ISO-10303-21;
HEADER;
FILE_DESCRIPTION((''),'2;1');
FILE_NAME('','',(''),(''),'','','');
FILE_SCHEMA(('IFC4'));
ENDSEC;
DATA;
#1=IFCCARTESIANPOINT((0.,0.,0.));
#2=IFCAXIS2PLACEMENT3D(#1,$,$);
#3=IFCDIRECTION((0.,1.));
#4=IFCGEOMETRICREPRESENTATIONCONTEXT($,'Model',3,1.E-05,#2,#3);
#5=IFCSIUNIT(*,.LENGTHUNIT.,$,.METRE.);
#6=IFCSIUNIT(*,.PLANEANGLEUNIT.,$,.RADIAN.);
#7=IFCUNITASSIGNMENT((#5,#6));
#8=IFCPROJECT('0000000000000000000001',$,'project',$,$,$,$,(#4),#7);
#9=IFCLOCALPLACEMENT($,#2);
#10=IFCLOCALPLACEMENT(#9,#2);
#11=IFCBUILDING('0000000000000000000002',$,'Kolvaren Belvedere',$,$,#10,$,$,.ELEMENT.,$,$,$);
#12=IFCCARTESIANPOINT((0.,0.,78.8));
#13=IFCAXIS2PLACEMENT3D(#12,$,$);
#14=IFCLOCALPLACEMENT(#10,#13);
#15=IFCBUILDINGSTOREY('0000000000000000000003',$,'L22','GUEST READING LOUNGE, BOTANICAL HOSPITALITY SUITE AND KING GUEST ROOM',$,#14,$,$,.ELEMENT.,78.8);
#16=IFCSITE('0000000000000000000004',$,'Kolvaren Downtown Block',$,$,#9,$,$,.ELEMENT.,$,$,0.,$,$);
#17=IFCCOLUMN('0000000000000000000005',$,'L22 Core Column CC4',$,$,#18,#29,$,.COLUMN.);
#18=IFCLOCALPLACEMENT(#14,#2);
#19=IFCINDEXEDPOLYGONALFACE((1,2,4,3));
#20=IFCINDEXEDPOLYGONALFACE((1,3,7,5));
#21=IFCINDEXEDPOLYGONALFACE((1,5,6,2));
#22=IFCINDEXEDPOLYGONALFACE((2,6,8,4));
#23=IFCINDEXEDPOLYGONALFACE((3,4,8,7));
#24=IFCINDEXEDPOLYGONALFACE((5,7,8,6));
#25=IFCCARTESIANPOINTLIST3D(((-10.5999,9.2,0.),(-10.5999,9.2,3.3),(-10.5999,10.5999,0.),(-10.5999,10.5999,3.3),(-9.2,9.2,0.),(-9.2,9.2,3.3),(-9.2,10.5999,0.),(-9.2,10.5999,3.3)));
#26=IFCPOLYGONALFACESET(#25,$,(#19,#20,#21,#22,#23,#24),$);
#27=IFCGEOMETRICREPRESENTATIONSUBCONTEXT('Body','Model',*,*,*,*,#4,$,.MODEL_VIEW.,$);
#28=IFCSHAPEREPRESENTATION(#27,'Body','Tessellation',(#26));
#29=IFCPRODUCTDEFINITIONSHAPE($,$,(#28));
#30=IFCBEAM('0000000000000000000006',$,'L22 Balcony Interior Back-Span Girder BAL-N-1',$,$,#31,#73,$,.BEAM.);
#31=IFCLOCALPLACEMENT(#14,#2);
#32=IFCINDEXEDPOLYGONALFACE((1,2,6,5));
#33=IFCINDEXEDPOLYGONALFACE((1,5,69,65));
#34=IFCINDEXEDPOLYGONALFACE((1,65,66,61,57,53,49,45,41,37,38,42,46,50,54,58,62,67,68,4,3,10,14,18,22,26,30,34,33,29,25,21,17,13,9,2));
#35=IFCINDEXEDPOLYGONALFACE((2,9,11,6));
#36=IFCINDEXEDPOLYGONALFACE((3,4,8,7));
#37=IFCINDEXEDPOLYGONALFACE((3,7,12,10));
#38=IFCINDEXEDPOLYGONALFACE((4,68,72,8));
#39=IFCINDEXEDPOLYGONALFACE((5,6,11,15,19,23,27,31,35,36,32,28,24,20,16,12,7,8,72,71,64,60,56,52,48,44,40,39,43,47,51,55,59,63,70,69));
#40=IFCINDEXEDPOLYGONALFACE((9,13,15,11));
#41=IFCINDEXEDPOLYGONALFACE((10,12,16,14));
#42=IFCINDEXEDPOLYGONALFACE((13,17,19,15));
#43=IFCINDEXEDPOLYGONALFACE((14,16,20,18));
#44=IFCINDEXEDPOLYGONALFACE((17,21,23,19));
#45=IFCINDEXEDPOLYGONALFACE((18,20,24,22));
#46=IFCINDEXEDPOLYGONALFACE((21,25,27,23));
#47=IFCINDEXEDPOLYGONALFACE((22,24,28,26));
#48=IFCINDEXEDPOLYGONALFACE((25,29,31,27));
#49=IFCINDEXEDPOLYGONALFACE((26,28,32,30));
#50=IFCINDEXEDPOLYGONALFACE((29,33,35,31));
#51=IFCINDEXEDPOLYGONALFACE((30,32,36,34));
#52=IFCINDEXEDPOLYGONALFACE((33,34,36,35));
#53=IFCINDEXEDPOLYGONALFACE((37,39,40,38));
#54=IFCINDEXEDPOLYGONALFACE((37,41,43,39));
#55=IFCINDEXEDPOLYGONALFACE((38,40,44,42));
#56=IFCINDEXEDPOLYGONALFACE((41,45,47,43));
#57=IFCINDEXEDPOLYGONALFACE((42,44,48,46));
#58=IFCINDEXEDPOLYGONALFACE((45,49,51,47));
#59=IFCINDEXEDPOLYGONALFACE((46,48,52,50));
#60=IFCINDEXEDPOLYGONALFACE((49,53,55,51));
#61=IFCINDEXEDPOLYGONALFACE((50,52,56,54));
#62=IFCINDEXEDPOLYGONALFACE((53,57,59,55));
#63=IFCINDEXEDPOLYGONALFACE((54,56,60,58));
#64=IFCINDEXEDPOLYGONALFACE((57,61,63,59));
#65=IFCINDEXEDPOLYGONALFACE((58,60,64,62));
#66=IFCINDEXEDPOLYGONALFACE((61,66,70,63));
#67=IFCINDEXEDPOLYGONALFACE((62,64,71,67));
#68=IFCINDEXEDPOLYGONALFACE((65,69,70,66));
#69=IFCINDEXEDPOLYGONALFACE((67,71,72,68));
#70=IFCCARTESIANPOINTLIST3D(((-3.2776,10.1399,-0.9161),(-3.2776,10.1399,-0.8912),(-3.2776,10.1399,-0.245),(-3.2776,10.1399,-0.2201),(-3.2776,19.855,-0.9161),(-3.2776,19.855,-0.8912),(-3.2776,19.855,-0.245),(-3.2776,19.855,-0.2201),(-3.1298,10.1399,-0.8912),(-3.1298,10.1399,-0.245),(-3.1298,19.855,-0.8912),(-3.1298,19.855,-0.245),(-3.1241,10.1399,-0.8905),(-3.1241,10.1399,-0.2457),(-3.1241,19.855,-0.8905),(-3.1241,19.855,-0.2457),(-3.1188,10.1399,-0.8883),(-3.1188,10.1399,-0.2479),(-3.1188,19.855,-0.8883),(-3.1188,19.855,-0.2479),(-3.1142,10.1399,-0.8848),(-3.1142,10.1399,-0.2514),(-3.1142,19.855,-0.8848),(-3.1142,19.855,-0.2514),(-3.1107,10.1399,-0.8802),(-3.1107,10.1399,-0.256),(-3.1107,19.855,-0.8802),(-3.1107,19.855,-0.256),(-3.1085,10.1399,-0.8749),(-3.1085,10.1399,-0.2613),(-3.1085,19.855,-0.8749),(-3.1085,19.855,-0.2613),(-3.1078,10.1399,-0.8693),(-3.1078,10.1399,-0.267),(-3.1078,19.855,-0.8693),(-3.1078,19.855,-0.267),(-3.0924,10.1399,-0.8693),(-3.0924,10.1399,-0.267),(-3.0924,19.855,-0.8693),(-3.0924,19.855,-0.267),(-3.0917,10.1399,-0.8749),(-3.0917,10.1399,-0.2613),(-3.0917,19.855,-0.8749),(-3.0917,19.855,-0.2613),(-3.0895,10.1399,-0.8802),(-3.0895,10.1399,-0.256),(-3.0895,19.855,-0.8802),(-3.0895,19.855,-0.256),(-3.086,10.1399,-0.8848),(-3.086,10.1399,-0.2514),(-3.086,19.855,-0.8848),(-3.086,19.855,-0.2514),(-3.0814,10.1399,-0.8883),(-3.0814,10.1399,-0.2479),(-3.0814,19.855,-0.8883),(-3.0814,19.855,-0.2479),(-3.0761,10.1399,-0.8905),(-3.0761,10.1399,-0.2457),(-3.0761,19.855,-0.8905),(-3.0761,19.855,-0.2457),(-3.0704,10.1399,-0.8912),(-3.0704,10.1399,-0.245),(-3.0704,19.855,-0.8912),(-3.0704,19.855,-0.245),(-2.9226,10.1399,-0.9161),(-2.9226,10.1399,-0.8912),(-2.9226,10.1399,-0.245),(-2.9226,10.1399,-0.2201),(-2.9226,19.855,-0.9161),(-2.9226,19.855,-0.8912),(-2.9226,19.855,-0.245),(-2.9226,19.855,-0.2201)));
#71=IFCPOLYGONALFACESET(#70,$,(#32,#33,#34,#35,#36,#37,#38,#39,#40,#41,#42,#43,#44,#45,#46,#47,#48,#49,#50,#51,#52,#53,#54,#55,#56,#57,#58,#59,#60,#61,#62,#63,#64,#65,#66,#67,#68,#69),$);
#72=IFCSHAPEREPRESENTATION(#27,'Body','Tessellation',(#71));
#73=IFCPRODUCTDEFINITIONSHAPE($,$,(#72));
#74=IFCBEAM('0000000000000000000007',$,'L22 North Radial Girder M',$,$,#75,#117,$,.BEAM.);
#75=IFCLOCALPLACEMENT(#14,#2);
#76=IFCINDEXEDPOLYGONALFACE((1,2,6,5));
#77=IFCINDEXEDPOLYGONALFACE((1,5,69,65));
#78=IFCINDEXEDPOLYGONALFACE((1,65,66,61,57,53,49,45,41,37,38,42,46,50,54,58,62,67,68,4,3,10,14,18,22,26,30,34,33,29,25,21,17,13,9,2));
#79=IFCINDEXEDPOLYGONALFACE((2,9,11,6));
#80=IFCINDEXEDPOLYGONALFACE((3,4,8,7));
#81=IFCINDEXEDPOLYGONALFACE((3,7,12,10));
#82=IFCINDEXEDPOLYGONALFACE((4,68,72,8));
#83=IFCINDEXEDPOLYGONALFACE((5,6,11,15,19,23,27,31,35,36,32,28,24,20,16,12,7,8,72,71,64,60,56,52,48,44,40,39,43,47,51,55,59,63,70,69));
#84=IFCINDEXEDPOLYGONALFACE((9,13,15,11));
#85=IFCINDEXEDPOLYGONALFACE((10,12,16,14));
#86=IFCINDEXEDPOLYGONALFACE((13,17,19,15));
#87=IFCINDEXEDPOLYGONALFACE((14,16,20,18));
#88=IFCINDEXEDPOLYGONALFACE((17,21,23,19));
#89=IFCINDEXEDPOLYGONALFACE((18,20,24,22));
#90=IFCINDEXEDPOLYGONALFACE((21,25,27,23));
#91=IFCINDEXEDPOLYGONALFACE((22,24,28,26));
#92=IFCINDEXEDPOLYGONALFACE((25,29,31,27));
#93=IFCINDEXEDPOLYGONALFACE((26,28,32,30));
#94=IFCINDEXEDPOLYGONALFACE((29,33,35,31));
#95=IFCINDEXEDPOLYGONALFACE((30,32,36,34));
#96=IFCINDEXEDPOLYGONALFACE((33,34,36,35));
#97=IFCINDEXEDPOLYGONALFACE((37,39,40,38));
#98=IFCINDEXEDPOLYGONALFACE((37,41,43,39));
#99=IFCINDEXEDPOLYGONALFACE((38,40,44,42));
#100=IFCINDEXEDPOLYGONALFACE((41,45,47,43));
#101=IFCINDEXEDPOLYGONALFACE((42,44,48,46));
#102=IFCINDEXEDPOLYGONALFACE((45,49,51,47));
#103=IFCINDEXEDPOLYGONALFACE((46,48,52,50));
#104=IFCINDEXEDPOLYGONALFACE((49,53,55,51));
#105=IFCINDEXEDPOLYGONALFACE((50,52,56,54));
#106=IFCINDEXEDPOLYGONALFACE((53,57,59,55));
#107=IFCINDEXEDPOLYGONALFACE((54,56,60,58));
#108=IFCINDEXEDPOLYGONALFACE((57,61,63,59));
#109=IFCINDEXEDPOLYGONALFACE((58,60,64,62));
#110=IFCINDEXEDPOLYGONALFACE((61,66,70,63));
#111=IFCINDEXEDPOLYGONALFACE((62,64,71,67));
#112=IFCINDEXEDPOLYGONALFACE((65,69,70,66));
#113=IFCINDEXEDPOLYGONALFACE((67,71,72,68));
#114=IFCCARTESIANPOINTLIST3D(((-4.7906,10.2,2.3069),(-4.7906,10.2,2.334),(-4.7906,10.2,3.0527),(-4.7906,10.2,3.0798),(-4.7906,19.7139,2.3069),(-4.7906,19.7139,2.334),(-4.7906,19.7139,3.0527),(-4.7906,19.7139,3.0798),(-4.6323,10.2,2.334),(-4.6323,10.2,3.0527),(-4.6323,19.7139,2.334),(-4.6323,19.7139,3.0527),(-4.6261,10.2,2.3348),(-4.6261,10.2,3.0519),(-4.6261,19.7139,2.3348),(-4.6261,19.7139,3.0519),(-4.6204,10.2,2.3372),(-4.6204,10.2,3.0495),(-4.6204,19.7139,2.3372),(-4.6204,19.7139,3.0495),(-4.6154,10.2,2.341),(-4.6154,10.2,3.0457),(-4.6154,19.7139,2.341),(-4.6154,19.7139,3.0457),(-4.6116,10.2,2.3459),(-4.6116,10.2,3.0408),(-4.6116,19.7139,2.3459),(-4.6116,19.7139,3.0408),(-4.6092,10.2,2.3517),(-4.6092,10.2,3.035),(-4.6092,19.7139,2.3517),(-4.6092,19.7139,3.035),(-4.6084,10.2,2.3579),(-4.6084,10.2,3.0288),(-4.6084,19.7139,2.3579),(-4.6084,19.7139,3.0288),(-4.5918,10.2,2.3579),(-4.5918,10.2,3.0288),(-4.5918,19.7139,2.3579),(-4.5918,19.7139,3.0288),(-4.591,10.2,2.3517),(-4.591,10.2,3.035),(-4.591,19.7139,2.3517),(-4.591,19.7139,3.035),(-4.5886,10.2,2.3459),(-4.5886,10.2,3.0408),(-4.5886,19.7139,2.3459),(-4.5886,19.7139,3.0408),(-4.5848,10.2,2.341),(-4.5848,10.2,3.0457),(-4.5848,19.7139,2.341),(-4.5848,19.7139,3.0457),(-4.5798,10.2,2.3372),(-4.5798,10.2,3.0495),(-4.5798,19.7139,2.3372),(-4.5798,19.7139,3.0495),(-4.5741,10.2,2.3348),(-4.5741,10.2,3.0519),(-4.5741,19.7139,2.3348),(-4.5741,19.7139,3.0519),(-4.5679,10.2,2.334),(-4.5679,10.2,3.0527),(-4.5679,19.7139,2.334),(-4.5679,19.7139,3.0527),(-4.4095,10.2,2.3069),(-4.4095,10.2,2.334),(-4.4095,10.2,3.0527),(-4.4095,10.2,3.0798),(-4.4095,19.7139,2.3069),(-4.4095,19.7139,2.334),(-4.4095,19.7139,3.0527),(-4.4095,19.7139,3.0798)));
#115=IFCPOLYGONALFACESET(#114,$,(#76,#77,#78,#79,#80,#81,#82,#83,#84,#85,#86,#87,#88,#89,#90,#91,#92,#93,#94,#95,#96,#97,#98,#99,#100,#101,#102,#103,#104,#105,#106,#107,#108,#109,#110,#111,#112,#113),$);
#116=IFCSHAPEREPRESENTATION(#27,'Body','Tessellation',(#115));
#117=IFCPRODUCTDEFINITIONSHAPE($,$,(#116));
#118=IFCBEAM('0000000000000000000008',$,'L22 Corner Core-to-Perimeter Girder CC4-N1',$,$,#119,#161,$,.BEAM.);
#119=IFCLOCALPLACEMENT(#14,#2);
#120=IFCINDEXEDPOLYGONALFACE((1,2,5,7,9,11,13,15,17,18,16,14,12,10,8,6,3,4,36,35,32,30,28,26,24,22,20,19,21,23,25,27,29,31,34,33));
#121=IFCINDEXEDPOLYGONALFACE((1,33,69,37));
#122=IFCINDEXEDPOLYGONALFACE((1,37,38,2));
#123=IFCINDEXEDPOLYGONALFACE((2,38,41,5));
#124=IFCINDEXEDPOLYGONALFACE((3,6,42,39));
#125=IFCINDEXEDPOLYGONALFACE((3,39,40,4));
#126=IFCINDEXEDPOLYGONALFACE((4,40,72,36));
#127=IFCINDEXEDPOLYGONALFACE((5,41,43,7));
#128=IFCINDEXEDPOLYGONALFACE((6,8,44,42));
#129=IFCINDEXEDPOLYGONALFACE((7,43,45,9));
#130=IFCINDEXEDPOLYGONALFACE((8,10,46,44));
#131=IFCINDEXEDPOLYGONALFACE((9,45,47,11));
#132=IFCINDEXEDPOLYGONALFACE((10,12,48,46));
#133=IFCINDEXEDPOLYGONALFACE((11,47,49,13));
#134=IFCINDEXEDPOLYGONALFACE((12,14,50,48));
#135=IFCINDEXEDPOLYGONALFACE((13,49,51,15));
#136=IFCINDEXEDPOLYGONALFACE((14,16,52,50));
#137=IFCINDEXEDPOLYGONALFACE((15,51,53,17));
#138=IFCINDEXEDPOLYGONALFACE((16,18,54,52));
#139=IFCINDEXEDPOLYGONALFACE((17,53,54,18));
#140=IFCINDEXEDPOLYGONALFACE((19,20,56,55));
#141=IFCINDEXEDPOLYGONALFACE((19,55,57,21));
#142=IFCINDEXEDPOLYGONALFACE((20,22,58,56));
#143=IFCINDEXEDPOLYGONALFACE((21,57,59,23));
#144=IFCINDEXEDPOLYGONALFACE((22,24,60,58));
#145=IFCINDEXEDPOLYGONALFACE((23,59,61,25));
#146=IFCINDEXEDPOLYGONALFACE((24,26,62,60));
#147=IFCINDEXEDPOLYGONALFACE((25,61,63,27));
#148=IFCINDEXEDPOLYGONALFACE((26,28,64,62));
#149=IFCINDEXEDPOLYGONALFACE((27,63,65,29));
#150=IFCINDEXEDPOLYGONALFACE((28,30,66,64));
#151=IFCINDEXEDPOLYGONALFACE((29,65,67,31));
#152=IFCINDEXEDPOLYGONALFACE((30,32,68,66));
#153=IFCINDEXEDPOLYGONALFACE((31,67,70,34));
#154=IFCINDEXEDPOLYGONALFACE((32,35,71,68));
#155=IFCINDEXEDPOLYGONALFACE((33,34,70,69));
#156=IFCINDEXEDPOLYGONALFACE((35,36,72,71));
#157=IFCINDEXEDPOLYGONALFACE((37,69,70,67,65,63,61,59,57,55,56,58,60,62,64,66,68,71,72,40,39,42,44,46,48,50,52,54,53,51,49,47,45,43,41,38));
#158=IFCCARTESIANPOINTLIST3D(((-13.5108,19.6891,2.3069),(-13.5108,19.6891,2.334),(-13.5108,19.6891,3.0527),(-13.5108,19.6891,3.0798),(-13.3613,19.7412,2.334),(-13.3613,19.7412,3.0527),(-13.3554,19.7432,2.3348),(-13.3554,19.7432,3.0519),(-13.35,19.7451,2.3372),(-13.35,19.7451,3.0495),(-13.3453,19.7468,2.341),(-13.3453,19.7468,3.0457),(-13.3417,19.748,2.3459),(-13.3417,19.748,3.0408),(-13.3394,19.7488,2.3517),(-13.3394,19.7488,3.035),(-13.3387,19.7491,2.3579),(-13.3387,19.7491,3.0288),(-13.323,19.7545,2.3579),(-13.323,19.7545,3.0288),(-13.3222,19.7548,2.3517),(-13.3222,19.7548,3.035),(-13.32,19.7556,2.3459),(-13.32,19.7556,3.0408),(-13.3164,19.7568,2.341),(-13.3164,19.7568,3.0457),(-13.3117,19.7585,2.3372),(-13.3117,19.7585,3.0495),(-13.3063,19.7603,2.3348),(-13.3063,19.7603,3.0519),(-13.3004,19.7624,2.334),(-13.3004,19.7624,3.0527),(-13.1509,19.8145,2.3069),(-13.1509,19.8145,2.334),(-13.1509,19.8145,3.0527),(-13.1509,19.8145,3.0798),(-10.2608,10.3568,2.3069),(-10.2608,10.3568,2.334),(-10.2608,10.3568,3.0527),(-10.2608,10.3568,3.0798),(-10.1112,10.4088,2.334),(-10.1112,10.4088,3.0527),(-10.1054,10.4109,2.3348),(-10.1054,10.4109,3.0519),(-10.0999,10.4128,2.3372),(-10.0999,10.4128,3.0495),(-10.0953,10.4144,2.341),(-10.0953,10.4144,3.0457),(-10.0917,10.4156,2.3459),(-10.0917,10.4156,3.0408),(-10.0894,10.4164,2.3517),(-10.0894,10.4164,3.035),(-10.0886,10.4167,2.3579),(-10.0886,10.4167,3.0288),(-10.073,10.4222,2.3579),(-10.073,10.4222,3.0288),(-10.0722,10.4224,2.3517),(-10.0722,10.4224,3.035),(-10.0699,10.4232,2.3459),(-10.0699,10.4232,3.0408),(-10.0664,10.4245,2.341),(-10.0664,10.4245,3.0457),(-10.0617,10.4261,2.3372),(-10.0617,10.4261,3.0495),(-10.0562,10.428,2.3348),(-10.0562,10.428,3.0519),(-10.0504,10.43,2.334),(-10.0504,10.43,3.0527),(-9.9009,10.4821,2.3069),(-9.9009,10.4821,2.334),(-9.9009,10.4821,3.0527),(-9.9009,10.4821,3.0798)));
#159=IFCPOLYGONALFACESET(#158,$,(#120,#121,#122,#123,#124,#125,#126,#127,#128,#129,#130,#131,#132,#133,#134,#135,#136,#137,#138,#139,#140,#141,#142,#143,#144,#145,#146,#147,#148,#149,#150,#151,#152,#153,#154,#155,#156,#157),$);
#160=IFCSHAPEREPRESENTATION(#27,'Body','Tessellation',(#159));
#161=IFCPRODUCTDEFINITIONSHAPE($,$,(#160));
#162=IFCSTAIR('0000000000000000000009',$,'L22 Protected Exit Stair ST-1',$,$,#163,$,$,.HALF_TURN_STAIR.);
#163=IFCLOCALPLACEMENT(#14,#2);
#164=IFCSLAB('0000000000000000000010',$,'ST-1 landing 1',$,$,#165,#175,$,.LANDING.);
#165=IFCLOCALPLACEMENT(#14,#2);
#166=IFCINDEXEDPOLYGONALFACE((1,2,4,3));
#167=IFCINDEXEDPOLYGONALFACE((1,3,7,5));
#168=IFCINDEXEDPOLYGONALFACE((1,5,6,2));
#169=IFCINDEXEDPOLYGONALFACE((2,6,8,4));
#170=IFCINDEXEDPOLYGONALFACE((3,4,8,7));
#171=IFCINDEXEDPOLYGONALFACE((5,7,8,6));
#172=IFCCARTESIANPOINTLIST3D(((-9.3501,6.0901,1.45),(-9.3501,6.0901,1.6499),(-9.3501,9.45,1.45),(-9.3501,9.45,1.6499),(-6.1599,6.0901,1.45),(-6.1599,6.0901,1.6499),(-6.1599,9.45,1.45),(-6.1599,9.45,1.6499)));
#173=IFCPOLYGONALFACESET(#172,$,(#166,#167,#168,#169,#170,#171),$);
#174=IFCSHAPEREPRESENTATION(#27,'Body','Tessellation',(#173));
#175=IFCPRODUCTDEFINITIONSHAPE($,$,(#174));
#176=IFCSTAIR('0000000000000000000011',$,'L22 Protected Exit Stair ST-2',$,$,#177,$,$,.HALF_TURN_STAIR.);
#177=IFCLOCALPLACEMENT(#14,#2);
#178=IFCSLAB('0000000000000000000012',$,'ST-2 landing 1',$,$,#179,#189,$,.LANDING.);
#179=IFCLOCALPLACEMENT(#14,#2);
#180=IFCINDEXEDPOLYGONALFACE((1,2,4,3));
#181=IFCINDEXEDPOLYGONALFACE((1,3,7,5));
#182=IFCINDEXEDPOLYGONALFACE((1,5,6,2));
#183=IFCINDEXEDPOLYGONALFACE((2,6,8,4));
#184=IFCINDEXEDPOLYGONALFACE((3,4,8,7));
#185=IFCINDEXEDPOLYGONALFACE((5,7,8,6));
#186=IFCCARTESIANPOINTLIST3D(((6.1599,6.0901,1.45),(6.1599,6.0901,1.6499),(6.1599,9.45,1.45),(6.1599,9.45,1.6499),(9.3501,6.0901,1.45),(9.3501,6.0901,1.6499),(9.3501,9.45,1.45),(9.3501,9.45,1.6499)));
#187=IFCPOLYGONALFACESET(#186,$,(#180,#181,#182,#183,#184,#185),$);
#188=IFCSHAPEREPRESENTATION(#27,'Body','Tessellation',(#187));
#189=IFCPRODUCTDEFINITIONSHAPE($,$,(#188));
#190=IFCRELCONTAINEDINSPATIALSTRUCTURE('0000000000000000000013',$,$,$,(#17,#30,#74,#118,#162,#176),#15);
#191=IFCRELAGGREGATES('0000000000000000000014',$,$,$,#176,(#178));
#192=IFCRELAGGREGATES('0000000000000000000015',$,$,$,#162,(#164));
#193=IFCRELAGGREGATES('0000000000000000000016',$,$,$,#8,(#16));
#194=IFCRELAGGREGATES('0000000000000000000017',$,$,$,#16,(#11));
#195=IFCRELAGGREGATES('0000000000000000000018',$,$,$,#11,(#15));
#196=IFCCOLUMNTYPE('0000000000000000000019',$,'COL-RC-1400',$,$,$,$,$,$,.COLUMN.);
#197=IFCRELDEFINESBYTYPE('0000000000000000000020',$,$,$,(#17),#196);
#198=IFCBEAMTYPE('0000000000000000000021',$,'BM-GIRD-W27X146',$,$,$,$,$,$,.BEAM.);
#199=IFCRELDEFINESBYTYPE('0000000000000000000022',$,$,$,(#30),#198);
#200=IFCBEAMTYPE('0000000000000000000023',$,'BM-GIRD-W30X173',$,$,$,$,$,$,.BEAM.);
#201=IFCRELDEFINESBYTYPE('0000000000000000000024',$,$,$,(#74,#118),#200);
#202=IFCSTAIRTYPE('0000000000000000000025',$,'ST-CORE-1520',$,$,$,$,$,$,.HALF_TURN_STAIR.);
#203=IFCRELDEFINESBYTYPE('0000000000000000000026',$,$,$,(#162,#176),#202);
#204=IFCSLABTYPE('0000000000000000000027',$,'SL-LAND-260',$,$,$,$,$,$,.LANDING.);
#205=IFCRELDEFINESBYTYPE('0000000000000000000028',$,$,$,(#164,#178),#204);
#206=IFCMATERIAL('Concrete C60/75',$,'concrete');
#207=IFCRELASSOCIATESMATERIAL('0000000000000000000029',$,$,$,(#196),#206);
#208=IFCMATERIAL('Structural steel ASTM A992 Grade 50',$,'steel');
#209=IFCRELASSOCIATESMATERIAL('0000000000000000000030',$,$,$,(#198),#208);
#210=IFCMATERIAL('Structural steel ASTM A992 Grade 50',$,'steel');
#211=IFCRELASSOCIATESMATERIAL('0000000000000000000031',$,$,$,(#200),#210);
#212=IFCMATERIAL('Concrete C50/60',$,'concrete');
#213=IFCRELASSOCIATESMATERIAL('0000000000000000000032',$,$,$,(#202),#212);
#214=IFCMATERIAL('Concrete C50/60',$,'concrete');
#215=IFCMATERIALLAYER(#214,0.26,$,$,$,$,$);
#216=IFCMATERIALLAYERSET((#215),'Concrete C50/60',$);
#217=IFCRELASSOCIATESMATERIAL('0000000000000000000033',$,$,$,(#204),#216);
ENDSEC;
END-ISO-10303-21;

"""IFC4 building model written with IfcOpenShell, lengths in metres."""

from ifc_helpers import new_model, si_unit, direction, frame, origin, origin_2d, place, context, subcontext, project, spatial, polyline, rectangle, i_section, outline, extrude, material, layer, layer_set, material_profile, profile_set, type_object, element, aggregate, save


model = new_model("IFC4")

# Units and contexts
model_context = context("Model", 3, precision=1e-05, world=origin(), true_north=direction((0.0, 1.0)))
body_context = subcontext(model_context, "Body", "Model", "MODEL_VIEW")
ifc_project = project(units=[si_unit("LENGTHUNIT", "METRE"), si_unit("PLANEANGLEUNIT", "RADIAN")], contexts=[model_context])

# Site, building, storey
site_placement = place(None, origin())
site = spatial("IfcSite", under=ifc_project, at=site_placement, Name="Kolvaren Downtown Block", CompositionType="ELEMENT", RefElevation=0.0)
building_placement = place(site_placement, origin())
building = spatial("IfcBuilding", under=site, at=building_placement, Name="Kolvaren Belvedere", CompositionType="ELEMENT")
storey_placement = place(building_placement, frame((0.0, 0.0, 78.8)))
storey = spatial("IfcBuildingStorey", under=building, at=storey_placement, Name="L22", Description="GUEST READING LOUNGE, BOTANICAL HOSPITALITY SUITE AND KING GUEST ROOM", CompositionType="ELEMENT", Elevation=78.8)

# Column
ifc_material_1 = material(Name="Concrete C60/75", Category="concrete")
ifc_material_profile_1 = material_profile(ifc_material_1, rectangle(XDim=1.3999, YDim=1.3999, at=origin_2d()), Name="RC 1400X1400")
ifc_profile_set_1 = profile_set([ifc_material_profile_1], Name="Concrete C60/75")
column_type = type_object("IfcColumnType", Name="COL-RC-1400", PredefinedType="COLUMN", material=ifc_profile_set_1)
column_placement = place(storey_placement, frame((-9.8999, 9.8999, 0.0), z_axis=(0.0, 0.0, 1.0), x_axis=(1.0, 0.0, 0.0)))
element("IfcColumn", 1, at=column_placement, inside=storey, type_object=column_type, Name="L22 Core Column CC4", PredefinedType="COLUMN", context=body_context, shape_type="SweptSolid", body=[
    extrude(rectangle(XDim=1.3999, YDim=1.3999, at=origin_2d()), origin(), (0.0, 0.0, 1.0), 3.3),
])

# Beams
ifc_material_2 = material(Name="Structural steel ASTM A992 Grade 50", Category="steel")
ifc_material_profile_2 = material_profile(ifc_material_2, i_section(OverallWidth=0.355, OverallDepth=0.696, WebThickness=0.0154, FlangeThickness=0.0249, FilletRadius=0.022, at=origin_2d()), Name="W27X146")
ifc_profile_set_2 = profile_set([ifc_material_profile_2], Name="Structural steel ASTM A992 Grade 50")
beam_type_1 = type_object("IfcBeamType", Name="BM-GIRD-W27X146", PredefinedType="BEAM", material=ifc_profile_set_2)
beam_1_placement = place(storey_placement, frame((-3.1001, 10.1399, -0.5681), z_axis=(0.0, 1.0, 0.0), x_axis=(-1.0, 0.0, 0.0)))
element("IfcBeam", 2, at=beam_1_placement, inside=storey, type_object=beam_type_1, Name="L22 Balcony Interior Back-Span Girder BAL-N-1", PredefinedType="BEAM", context=body_context, shape_type="SweptSolid", body=[
    extrude(i_section(OverallWidth=0.355, OverallDepth=0.696, WebThickness=0.0154, FlangeThickness=0.0249, FilletRadius=0.022, at=origin_2d()), origin(), (0.0, 0.0, 1.0), 9.7151),
])
ifc_material_3 = material(Name="Structural steel ASTM A992 Grade 50", Category="steel")
ifc_material_profile_3 = material_profile(ifc_material_3, i_section(OverallWidth=0.3811, OverallDepth=0.7729, WebThickness=0.0166, FlangeThickness=0.0271, FilletRadius=0.0239, at=origin_2d()), Name="W30X173")
ifc_profile_set_3 = profile_set([ifc_material_profile_3], Name="Structural steel ASTM A992 Grade 50")
beam_type_2 = type_object("IfcBeamType", Name="BM-GIRD-W30X173", PredefinedType="BEAM", material=ifc_profile_set_3)
beam_2_placement = place(storey_placement, frame((-4.6001, 10.2, 2.6934), z_axis=(0.0, 1.0, 0.0), x_axis=(-1.0, 0.0, 0.0)))
element("IfcBeam", 3, at=beam_2_placement, inside=storey, type_object=beam_type_2, Name="L22 North Radial Girder M", PredefinedType="BEAM", context=body_context, shape_type="SweptSolid", body=[
    extrude(i_section(OverallWidth=0.3811, OverallDepth=0.7729, WebThickness=0.0166, FlangeThickness=0.0271, FilletRadius=0.0239, at=origin_2d()), origin(), (0.0, 0.0, 1.0), 9.5139),
])
beam_3_placement = place(storey_placement, frame((-10.0808, 10.4194, 2.6934), z_axis=(-0.328881, 0.944371, 0.0), x_axis=(-0.944371, -0.328881, 0.0)))
element("IfcBeam", 4, at=beam_3_placement, inside=storey, type_object=beam_type_2, Name="L22 Corner Core-to-Perimeter Girder CC4-N1", PredefinedType="BEAM", context=body_context, shape_type="SweptSolid", body=[
    extrude(i_section(OverallWidth=0.3811, OverallDepth=0.7729, WebThickness=0.0166, FlangeThickness=0.0271, FilletRadius=0.0239, at=origin_2d()), origin(), (0.0, 0.0, 1.0), 9.8821),
])

# Stairs, slabs
ifc_material_4 = material(Name="Concrete C50/60", Category="concrete")
stair_type = type_object("IfcStairType", Name="ST-CORE-1520", PredefinedType="HALF_TURN_STAIR", material=ifc_material_4)
stair_1_placement = place(storey_placement, origin())
stair_1 = element("IfcStair", 5, at=stair_1_placement, inside=storey, type_object=stair_type, Name="L22 Protected Exit Stair ST-1", PredefinedType="HALF_TURN_STAIR")
ifc_material_5 = material(Name="Concrete C50/60", Category="concrete")
ifc_layer_1 = layer(ifc_material_5, 0.26)
ifc_layer_set_1 = layer_set([ifc_layer_1], Name="Concrete C50/60")
slab_type = type_object("IfcSlabType", Name="SL-LAND-260", PredefinedType="LANDING", material=ifc_layer_set_1)
slab_1_placement = place(storey_placement, frame((0.0, 0.0, 1.45)))
slab_1 = element("IfcSlab", 6, at=slab_1_placement, type_object=slab_type, Name="ST-1 landing 1", PredefinedType="LANDING", context=body_context, shape_type="SweptSolid", body=[
    extrude(outline(polyline([(-6.1599, 6.0901), (-6.1599, 9.45), (-9.3501, 9.45), (-9.3501, 6.0901), (-6.1599, 6.0901)])), origin(), (0.0, 0.0, 1.0), 0.2),
])
stair_2_placement = place(storey_placement, origin())
stair_2 = element("IfcStair", 7, at=stair_2_placement, inside=storey, type_object=stair_type, Name="L22 Protected Exit Stair ST-2", PredefinedType="HALF_TURN_STAIR")
slab_2_placement = place(storey_placement, frame((0.0, 0.0, 1.45)))
slab_2 = element("IfcSlab", 8, at=slab_2_placement, type_object=slab_type, Name="ST-2 landing 1", PredefinedType="LANDING", context=body_context, shape_type="SweptSolid", body=[
    extrude(outline(polyline([(9.3501, 6.0901), (9.3501, 9.45), (6.1599, 9.45), (6.1599, 6.0901), (9.3501, 6.0901)])), origin(), (0.0, 0.0, 1.0), 0.2),
])
aggregate(stair_2, [slab_2])

aggregate(stair_1, [slab_1])

save(model, "model.ifc")
